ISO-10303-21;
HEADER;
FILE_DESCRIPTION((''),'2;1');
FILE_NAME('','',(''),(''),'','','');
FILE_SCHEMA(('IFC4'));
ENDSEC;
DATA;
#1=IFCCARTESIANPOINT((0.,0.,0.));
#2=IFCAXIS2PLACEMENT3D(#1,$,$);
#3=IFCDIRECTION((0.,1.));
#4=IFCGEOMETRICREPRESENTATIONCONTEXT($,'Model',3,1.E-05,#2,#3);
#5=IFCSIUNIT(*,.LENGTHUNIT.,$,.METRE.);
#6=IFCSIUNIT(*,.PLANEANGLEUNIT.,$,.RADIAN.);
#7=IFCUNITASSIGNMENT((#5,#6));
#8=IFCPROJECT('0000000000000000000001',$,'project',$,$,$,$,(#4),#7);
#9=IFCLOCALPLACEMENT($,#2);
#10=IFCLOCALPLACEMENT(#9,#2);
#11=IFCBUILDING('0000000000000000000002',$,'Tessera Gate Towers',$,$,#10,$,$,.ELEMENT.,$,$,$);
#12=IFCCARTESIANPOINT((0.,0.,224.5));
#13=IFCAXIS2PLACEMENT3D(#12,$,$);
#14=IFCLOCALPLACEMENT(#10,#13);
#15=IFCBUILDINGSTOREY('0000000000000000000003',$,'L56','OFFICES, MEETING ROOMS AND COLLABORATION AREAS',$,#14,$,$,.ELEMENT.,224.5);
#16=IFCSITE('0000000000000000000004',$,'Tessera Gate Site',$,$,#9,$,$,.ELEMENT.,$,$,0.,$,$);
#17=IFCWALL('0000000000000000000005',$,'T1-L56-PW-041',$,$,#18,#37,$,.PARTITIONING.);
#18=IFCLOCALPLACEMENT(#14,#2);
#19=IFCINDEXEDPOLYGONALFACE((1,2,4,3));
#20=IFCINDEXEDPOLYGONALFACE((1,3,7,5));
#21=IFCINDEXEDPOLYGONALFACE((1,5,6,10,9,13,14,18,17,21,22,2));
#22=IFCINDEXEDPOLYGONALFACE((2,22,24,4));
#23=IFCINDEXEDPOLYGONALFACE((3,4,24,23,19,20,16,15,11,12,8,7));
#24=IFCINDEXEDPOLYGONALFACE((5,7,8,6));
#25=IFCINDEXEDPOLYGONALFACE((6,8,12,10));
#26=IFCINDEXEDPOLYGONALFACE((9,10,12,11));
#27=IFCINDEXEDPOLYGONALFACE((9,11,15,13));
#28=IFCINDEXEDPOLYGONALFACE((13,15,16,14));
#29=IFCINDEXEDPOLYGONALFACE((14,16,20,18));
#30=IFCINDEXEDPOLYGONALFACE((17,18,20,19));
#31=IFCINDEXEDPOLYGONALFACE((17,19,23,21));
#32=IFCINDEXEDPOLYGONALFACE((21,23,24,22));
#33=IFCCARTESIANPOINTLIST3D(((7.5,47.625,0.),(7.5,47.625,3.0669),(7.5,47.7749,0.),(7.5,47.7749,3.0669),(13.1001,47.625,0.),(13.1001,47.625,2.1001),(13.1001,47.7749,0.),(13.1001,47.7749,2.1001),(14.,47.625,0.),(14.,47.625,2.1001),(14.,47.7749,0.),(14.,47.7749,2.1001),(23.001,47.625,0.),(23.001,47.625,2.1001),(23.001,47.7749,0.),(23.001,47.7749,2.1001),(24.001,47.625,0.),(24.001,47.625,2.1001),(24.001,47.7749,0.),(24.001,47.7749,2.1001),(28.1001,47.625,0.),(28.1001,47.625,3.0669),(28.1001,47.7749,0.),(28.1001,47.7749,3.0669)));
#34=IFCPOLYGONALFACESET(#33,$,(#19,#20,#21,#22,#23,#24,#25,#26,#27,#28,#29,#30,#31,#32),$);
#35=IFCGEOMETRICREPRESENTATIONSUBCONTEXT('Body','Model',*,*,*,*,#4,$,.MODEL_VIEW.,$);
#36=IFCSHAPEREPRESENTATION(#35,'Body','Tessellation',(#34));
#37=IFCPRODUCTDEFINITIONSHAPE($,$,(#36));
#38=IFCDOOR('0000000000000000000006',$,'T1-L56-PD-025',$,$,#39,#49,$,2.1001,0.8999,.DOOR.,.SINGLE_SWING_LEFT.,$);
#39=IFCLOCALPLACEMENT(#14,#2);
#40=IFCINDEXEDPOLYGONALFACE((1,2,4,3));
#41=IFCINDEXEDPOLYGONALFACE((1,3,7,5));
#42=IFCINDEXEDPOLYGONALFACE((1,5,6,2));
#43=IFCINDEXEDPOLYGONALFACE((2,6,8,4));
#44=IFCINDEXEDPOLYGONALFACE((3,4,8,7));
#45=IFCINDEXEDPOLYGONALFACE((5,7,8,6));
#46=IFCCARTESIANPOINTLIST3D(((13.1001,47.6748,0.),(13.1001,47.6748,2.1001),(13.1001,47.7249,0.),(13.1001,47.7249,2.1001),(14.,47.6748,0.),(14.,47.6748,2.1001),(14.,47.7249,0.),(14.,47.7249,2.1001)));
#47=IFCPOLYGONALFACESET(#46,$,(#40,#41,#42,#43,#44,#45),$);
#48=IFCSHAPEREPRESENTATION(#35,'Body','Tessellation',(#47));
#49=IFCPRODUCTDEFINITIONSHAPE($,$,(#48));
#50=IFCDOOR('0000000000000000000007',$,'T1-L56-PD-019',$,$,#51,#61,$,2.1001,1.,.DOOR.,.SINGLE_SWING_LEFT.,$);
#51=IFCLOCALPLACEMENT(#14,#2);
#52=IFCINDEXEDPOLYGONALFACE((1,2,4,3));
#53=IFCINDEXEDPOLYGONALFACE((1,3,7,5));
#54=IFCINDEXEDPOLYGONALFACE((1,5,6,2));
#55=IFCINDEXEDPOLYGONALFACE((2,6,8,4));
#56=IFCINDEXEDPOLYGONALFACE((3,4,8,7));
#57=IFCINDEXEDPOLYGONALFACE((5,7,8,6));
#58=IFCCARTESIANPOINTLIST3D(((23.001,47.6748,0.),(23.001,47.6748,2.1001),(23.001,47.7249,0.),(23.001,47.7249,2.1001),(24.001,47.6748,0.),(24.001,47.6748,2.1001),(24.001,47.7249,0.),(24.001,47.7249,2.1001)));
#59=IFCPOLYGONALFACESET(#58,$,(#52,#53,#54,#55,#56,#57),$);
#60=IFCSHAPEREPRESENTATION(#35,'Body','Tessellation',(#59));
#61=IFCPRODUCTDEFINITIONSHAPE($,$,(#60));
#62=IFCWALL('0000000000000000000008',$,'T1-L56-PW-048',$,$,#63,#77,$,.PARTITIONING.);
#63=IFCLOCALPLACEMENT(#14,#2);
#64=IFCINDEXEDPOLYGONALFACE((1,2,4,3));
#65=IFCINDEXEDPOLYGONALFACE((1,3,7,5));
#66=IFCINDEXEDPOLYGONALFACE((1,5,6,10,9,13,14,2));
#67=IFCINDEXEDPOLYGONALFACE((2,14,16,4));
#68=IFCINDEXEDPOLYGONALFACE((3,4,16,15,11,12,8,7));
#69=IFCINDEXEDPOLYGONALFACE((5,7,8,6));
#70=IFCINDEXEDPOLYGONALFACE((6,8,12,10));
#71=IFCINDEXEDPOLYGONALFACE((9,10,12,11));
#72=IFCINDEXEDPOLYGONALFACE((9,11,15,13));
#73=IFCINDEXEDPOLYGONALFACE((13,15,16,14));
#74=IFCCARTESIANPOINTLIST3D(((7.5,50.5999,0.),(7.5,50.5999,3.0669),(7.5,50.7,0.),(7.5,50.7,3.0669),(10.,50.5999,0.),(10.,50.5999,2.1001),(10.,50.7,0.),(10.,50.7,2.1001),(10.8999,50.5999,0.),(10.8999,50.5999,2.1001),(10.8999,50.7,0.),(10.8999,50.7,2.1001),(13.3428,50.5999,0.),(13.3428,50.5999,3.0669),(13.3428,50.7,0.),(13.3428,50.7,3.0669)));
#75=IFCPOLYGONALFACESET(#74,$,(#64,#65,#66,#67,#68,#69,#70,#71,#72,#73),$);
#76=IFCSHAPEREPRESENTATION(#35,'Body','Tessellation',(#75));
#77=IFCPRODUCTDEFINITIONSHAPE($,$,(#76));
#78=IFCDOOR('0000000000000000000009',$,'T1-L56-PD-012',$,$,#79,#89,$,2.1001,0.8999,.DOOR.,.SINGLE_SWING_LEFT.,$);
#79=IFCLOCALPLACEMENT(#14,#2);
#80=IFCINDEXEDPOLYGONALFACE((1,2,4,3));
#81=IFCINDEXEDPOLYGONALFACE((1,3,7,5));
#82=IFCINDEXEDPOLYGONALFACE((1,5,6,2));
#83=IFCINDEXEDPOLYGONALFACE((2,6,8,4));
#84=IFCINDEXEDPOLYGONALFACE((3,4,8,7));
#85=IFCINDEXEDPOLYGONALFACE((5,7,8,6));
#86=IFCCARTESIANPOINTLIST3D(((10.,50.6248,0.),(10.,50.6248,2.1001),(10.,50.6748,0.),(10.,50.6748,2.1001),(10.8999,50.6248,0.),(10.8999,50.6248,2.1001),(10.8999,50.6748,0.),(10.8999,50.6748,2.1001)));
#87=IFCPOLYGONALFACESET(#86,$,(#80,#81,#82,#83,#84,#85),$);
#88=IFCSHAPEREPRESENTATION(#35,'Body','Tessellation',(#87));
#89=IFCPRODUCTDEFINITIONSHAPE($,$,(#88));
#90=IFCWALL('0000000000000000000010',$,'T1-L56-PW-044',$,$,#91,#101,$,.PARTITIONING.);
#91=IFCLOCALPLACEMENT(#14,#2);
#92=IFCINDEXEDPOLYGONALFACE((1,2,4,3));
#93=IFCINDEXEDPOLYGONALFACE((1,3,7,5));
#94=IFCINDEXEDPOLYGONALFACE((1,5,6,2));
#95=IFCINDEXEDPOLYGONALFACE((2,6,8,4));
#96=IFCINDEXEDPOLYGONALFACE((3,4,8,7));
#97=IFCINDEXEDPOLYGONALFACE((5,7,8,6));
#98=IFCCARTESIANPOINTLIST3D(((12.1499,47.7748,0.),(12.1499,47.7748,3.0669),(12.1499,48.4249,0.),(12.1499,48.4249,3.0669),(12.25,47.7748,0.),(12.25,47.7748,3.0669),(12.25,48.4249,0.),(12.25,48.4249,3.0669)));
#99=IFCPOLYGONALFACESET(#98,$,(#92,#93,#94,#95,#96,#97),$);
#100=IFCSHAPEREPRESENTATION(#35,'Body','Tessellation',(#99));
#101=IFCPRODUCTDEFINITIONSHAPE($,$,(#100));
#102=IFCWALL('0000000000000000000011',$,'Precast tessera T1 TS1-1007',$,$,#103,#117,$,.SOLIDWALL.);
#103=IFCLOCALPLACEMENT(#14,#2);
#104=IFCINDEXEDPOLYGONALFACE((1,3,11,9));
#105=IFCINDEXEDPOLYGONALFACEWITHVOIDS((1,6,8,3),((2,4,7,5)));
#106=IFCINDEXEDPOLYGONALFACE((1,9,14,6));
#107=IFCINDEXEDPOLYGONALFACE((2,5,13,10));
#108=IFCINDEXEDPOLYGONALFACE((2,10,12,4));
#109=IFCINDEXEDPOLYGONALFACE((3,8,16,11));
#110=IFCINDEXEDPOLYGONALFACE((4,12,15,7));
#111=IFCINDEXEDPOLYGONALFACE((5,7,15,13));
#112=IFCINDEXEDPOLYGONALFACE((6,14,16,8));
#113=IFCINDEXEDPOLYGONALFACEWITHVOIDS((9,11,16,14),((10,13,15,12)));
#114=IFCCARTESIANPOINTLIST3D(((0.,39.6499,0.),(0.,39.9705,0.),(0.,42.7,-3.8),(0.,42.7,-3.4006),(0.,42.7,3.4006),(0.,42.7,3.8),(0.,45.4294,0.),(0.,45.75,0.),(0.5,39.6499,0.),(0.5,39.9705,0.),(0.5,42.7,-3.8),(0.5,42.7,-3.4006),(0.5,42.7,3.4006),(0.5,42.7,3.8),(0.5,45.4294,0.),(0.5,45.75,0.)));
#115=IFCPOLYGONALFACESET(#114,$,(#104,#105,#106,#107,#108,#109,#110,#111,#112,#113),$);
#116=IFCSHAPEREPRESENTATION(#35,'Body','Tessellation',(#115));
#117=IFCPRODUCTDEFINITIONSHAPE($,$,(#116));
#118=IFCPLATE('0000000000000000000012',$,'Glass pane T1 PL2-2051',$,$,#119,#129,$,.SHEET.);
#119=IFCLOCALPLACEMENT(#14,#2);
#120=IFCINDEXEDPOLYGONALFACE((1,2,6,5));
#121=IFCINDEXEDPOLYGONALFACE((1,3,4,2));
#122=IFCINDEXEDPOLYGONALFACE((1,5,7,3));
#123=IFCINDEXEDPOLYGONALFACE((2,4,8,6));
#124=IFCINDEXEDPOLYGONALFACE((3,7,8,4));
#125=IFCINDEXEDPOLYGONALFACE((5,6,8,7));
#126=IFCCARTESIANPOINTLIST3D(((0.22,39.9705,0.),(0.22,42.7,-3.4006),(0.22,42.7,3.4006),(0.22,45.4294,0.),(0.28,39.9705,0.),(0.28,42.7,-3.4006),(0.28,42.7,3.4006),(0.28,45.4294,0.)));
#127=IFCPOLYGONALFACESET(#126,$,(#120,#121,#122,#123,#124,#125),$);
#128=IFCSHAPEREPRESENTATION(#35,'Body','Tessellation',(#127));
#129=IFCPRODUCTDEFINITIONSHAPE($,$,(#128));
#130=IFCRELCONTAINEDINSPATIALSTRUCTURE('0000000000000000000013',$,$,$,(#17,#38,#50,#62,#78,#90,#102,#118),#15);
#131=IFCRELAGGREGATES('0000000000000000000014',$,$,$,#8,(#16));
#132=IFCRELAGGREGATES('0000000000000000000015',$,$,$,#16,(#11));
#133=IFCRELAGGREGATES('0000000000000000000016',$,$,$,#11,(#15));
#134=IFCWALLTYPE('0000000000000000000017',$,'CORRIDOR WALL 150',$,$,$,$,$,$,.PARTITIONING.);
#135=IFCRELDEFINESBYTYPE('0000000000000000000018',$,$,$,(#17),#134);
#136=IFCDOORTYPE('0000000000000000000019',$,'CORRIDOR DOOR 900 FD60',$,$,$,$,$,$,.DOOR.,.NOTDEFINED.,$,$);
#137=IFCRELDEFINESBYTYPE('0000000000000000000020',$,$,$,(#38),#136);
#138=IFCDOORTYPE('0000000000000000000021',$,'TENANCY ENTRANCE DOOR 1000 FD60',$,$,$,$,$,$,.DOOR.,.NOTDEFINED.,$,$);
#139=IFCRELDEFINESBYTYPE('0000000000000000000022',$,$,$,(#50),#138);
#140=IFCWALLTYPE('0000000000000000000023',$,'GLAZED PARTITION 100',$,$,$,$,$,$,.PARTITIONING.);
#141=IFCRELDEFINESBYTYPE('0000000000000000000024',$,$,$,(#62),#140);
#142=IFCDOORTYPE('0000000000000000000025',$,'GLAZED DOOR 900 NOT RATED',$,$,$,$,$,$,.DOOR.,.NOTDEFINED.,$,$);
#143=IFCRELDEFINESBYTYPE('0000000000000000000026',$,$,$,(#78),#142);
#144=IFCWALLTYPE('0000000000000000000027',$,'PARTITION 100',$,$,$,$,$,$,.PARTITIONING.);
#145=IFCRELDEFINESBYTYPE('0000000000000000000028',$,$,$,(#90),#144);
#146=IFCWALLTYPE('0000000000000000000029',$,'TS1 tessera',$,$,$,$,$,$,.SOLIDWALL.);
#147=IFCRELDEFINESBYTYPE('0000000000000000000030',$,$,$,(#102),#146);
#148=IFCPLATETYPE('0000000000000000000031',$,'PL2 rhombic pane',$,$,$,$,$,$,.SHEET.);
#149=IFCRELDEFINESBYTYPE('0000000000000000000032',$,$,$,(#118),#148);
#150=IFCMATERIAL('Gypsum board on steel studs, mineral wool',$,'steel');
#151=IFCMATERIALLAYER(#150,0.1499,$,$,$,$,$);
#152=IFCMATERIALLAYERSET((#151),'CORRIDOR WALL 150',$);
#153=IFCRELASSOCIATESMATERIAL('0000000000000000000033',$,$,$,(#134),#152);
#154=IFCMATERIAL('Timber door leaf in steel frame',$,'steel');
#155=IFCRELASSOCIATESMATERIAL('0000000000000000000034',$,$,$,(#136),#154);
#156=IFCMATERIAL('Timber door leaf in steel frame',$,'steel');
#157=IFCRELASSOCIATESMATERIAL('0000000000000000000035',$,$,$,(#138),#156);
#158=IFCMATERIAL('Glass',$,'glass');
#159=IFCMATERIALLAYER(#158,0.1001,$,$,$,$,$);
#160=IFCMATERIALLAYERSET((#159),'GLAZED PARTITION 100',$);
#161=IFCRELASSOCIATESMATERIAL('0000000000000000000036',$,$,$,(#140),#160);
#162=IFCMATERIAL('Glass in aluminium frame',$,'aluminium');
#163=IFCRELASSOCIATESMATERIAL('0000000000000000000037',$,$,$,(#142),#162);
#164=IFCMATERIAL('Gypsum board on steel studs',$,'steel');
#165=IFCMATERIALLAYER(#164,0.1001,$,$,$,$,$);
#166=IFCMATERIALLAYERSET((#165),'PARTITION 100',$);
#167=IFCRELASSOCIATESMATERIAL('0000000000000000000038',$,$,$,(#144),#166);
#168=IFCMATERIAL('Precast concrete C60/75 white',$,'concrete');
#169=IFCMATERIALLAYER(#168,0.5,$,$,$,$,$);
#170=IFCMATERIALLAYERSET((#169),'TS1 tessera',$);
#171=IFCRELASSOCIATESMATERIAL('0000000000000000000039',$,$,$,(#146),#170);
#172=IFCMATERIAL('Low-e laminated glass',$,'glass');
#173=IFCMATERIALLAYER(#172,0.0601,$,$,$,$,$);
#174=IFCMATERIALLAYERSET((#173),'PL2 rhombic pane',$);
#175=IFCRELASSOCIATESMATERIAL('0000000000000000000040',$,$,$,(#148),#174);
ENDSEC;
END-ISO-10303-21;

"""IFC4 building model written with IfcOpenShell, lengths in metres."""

from ifc_helpers import new_model, si_unit, direction, frame, frame_2d, origin, place, context, subcontext, project, spatial, polyline, rectangle, outline, extrude, source, transform, mapped, material, layer, layer_set, type_object, element, fill, save


model = new_model("IFC4")

# Units and contexts
model_context = context("Model", 3, precision=1e-05, world=origin(), true_north=direction((0.0, 1.0)))
body_context = subcontext(model_context, "Body", "Model", "MODEL_VIEW")
ifc_project = project(units=[si_unit("LENGTHUNIT", "METRE"), si_unit("PLANEANGLEUNIT", "RADIAN")], contexts=[model_context])

# Site, building, storey
site_placement = place(None, origin())
site = spatial("IfcSite", under=ifc_project, at=site_placement, Name="Tessera Gate Site", CompositionType="ELEMENT", RefElevation=0.0)
building_placement = place(site_placement, origin())
building = spatial("IfcBuilding", under=site, at=building_placement, Name="Tessera Gate Towers", CompositionType="ELEMENT")
storey_placement = place(building_placement, frame((0.0, 0.0, 224.5)))
storey = spatial("IfcBuildingStorey", under=building, at=storey_placement, Name="L56", Description="OFFICES, MEETING ROOMS AND COLLABORATION AREAS", CompositionType="ELEMENT", Elevation=224.5)

# Wall, openings, doors
ifc_material_1 = material(Name="Gypsum board on steel studs, mineral wool", Category="steel")
ifc_layer_1 = layer(ifc_material_1, 0.1499)
ifc_layer_set_1 = layer_set([ifc_layer_1], Name="CORRIDOR WALL 150")
wall_type_1 = type_object("IfcWallType", Name="CORRIDOR WALL 150", PredefinedType="PARTITIONING", material=ifc_layer_set_1)
wall_1_placement = place(storey_placement, frame((7.5, 47.7, 0.0), z_axis=(0.0, 0.0, 1.0), x_axis=(1.0, 0.0, 0.0)))
wall_1 = element("IfcWall", 1, at=wall_1_placement, inside=storey, type_object=wall_type_1, Name="T1-L56-PW-041", PredefinedType="PARTITIONING", context=body_context, shape_type="SweptSolid", body=[
    extrude(rectangle(XDim=20.6001, YDim=0.1499, at=frame_2d((10.3, 0.0))), origin(), (0.0, 0.0, 1.0), 3.0669),
])
shared_shape_1 = source(origin(), body_context, "Body", "SweptSolid", [
    extrude(rectangle(XDim=1.0, YDim=2.1001, at=frame_2d((0.5, 1.05))), frame((0.0, 0.085, 0.0), z_axis=(0.0, -1.0, 0.0), x_axis=(1.0, 0.0, 0.0)), (0.0, 0.0, 1.0), 0.1699),
])
opening_1_placement = place(wall_1_placement, frame((15.501, 0.0, 0.0)))
opening_1 = element("IfcOpeningElement", 2, at=opening_1_placement, cuts=wall_1, PredefinedType="OPENING", context=body_context, shape_type="MappedRepresentation", body=[
    mapped(shared_shape_1, transform((0.0, 0.0, 0.0), scale=1.0)),
])
shared_shape_2 = source(origin(), body_context, "Body", "SweptSolid", [
    extrude(rectangle(XDim=0.8999, YDim=2.1001, at=frame_2d((0.45, 1.05))), frame((0.0, 0.085, 0.0), z_axis=(0.0, -1.0, 0.0), x_axis=(1.0, 0.0, 0.0)), (0.0, 0.0, 1.0), 0.1699),
])
opening_2_placement = place(wall_1_placement, frame((5.6001, 0.0, 0.0)))
opening_2 = element("IfcOpeningElement", 3, at=opening_2_placement, cuts=wall_1, PredefinedType="OPENING", context=body_context, shape_type="MappedRepresentation", body=[
    mapped(shared_shape_2, transform((0.0, 0.0, 0.0), scale=1.0)),
])
ifc_material_2 = material(Name="Timber door leaf in steel frame", Category="steel")
door_type_1 = type_object("IfcDoorType", Name="CORRIDOR DOOR 900 FD60", OperationType="NOTDEFINED", PredefinedType="DOOR", material=ifc_material_2)
shared_shape_3 = source(origin(), body_context, "Body", "SweptSolid", [
    extrude(rectangle(XDim=0.8999, YDim=2.1001, at=frame_2d((0.45, 1.05))), frame((0.0, 0.0249, 0.0), z_axis=(0.0, -1.0, 0.0), x_axis=(1.0, 0.0, 0.0)), (0.0, 0.0, 1.0), 0.05),
])
door_1_placement = place(opening_2_placement, origin())
door_1 = element("IfcDoor", 4, at=door_1_placement, inside=storey, type_object=door_type_1, Name="T1-L56-PD-025", OperationType="SINGLE_SWING_LEFT", OverallHeight=2.1001, OverallWidth=0.8999, PredefinedType="DOOR", context=body_context, shape_type="MappedRepresentation", body=[
    mapped(shared_shape_3, transform((0.0, 0.0, 0.0), scale=1.0)),
])
fill(opening_2, door_1)
ifc_material_3 = material(Name="Timber door leaf in steel frame", Category="steel")
door_type_2 = type_object("IfcDoorType", Name="TENANCY ENTRANCE DOOR 1000 FD60", OperationType="NOTDEFINED", PredefinedType="DOOR", material=ifc_material_3)
shared_shape_4 = source(origin(), body_context, "Body", "SweptSolid", [
    extrude(rectangle(XDim=1.0, YDim=2.1001, at=frame_2d((0.5, 1.05))), frame((0.0, 0.0249, 0.0), z_axis=(0.0, -1.0, 0.0), x_axis=(1.0, 0.0, 0.0)), (0.0, 0.0, 1.0), 0.05),
])
door_2_placement = place(opening_1_placement, origin())
door_2 = element("IfcDoor", 5, at=door_2_placement, inside=storey, type_object=door_type_2, Name="T1-L56-PD-019", OperationType="SINGLE_SWING_LEFT", OverallHeight=2.1001, OverallWidth=1.0, PredefinedType="DOOR", context=body_context, shape_type="MappedRepresentation", body=[
    mapped(shared_shape_4, transform((0.0, 0.0, 0.0), scale=1.0)),
])
fill(opening_1, door_2)

# Wall, opening, door
ifc_material_4 = material(Name="Glass", Category="glass")
ifc_layer_2 = layer(ifc_material_4, 0.1001)
ifc_layer_set_2 = layer_set([ifc_layer_2], Name="GLAZED PARTITION 100")
wall_type_2 = type_object("IfcWallType", Name="GLAZED PARTITION 100", PredefinedType="PARTITIONING", material=ifc_layer_set_2)
wall_2_placement = place(storey_placement, frame((7.5, 50.6499, 0.0), z_axis=(0.0, 0.0, 1.0), x_axis=(1.0, 0.0, 0.0)))
wall_2 = element("IfcWall", 6, at=wall_2_placement, inside=storey, type_object=wall_type_2, Name="T1-L56-PW-048", PredefinedType="PARTITIONING", context=body_context, shape_type="SweptSolid", body=[
    extrude(rectangle(XDim=5.8428, YDim=0.1001, at=frame_2d((2.9214, 0.0))), origin(), (0.0, 0.0, 1.0), 3.0669),
])
shared_shape_5 = source(origin(), body_context, "Body", "SweptSolid", [
    extrude(rectangle(XDim=0.8999, YDim=2.1001, at=frame_2d((0.45, 1.05))), frame((0.0, 0.0601, 0.0), z_axis=(0.0, -1.0, 0.0), x_axis=(1.0, 0.0, 0.0)), (0.0, 0.0, 1.0), 0.1201),
])
opening_3_placement = place(wall_2_placement, frame((2.5, 0.0, 0.0)))
opening_3 = element("IfcOpeningElement", 7, at=opening_3_placement, cuts=wall_2, PredefinedType="OPENING", context=body_context, shape_type="MappedRepresentation", body=[
    mapped(shared_shape_5, transform((0.0, 0.0, 0.0), scale=1.0)),
])
ifc_material_5 = material(Name="Glass in aluminium frame", Category="aluminium")
door_type_3 = type_object("IfcDoorType", Name="GLAZED DOOR 900 NOT RATED", OperationType="NOTDEFINED", PredefinedType="DOOR", material=ifc_material_5)
door_3_placement = place(opening_3_placement, origin())
door_3 = element("IfcDoor", 8, at=door_3_placement, inside=storey, type_object=door_type_3, Name="T1-L56-PD-012", OperationType="SINGLE_SWING_LEFT", OverallHeight=2.1001, OverallWidth=0.8999, PredefinedType="DOOR", context=body_context, shape_type="MappedRepresentation", body=[
    mapped(shared_shape_3, transform((0.0, 0.0, 0.0), scale=1.0)),
])
fill(opening_3, door_3)

# Wall
ifc_material_6 = material(Name="Gypsum board on steel studs", Category="steel")
ifc_layer_3 = layer(ifc_material_6, 0.1001)
ifc_layer_set_3 = layer_set([ifc_layer_3], Name="PARTITION 100")
wall_type_3 = type_object("IfcWallType", Name="PARTITION 100", PredefinedType="PARTITIONING", material=ifc_layer_set_3)
wall_3_placement = place(storey_placement, frame((12.2, 48.425, 0.0), z_axis=(0.0, 0.0, 1.0), x_axis=(0.0, -1.0, 0.0)))
element("IfcWall", 9, at=wall_3_placement, inside=storey, type_object=wall_type_3, Name="T1-L56-PW-044", PredefinedType="PARTITIONING", context=body_context, shape_type="SweptSolid", body=[
    extrude(rectangle(XDim=0.6501, YDim=0.1001, at=frame_2d((0.3252, 0.0))), origin(), (0.0, 0.0, 1.0), 3.0669),
])

# Wall, opening, plate
ifc_material_7 = material(Name="Precast concrete C60/75 white", Category="concrete")
ifc_layer_4 = layer(ifc_material_7, 0.5)
ifc_layer_set_4 = layer_set([ifc_layer_4], Name="TS1 tessera")
wall_type_4 = type_object("IfcWallType", Name="TS1 tessera", PredefinedType="SOLIDWALL", material=ifc_layer_set_4)
shared_shape_6 = source(origin(), body_context, "Body", "SweptSolid", [
    extrude(outline(polyline([(3.05, 0.0), (6.1001, 3.8), (3.05, 7.6001), (0.0, 3.8), (3.05, 0.0)])), frame((0.0, 0.25, 0.0), z_axis=(0.0, -1.0, 0.0), x_axis=(1.0, 0.0, 0.0)), (0.0, 0.0, 1.0), 0.5),
])
wall_4_placement = place(storey_placement, frame((0.25, 45.75, -3.8), z_axis=(0.0, 0.0, 1.0), x_axis=(0.0, -1.0, 0.0)))
wall_4 = element("IfcWall", 10, at=wall_4_placement, inside=storey, type_object=wall_type_4, Name="Precast tessera T1 TS1-1007", PredefinedType="SOLIDWALL", context=body_context, shape_type="MappedRepresentation", body=[
    mapped(shared_shape_6, transform((0.0, 0.0, 0.0), scale=1.0)),
])
shared_shape_7 = source(origin(), body_context, "Body", "SweptSolid", [
    extrude(outline(polyline([(3.05, 0.3994), (5.7795, 3.8), (3.05, 7.2007), (0.3206, 3.8), (3.05, 0.3994)])), frame((0.0, 0.26, 0.0), z_axis=(0.0, -1.0, 0.0), x_axis=(1.0, 0.0, 0.0)), (0.0, 0.0, 1.0), 0.52),
])
opening_4_placement = place(wall_4_placement, origin())
opening_4 = element("IfcOpeningElement", 11, at=opening_4_placement, cuts=wall_4, PredefinedType="OPENING", context=body_context, shape_type="MappedRepresentation", body=[
    mapped(shared_shape_7, transform((0.0, 0.0, 0.0), scale=1.0)),
])
ifc_material_8 = material(Name="Low-e laminated glass", Category="glass")
ifc_layer_5 = layer(ifc_material_8, 0.0601)
ifc_layer_set_5 = layer_set([ifc_layer_5], Name="PL2 rhombic pane")
plate_type = type_object("IfcPlateType", Name="PL2 rhombic pane", PredefinedType="SHEET", material=ifc_layer_set_5)
shared_shape_8 = source(origin(), body_context, "Body", "SweptSolid", [
    extrude(outline(polyline([(3.05, 0.3994), (5.7795, 3.8), (3.05, 7.2007), (0.3206, 3.8), (3.05, 0.3994)])), frame((0.0, 0.03, 0.0), z_axis=(0.0, -1.0, 0.0), x_axis=(1.0, 0.0, 0.0)), (0.0, 0.0, 1.0), 0.0601),
])
plate_placement = place(opening_4_placement, origin())
plate = element("IfcPlate", 12, at=plate_placement, inside=storey, type_object=plate_type, Name="Glass pane T1 PL2-2051", PredefinedType="SHEET", context=body_context, shape_type="MappedRepresentation", body=[
    mapped(shared_shape_8, transform((0.0, 0.0, 0.0), scale=1.0)),
])
fill(opening_4, plate)

save(model, "model.ifc")
